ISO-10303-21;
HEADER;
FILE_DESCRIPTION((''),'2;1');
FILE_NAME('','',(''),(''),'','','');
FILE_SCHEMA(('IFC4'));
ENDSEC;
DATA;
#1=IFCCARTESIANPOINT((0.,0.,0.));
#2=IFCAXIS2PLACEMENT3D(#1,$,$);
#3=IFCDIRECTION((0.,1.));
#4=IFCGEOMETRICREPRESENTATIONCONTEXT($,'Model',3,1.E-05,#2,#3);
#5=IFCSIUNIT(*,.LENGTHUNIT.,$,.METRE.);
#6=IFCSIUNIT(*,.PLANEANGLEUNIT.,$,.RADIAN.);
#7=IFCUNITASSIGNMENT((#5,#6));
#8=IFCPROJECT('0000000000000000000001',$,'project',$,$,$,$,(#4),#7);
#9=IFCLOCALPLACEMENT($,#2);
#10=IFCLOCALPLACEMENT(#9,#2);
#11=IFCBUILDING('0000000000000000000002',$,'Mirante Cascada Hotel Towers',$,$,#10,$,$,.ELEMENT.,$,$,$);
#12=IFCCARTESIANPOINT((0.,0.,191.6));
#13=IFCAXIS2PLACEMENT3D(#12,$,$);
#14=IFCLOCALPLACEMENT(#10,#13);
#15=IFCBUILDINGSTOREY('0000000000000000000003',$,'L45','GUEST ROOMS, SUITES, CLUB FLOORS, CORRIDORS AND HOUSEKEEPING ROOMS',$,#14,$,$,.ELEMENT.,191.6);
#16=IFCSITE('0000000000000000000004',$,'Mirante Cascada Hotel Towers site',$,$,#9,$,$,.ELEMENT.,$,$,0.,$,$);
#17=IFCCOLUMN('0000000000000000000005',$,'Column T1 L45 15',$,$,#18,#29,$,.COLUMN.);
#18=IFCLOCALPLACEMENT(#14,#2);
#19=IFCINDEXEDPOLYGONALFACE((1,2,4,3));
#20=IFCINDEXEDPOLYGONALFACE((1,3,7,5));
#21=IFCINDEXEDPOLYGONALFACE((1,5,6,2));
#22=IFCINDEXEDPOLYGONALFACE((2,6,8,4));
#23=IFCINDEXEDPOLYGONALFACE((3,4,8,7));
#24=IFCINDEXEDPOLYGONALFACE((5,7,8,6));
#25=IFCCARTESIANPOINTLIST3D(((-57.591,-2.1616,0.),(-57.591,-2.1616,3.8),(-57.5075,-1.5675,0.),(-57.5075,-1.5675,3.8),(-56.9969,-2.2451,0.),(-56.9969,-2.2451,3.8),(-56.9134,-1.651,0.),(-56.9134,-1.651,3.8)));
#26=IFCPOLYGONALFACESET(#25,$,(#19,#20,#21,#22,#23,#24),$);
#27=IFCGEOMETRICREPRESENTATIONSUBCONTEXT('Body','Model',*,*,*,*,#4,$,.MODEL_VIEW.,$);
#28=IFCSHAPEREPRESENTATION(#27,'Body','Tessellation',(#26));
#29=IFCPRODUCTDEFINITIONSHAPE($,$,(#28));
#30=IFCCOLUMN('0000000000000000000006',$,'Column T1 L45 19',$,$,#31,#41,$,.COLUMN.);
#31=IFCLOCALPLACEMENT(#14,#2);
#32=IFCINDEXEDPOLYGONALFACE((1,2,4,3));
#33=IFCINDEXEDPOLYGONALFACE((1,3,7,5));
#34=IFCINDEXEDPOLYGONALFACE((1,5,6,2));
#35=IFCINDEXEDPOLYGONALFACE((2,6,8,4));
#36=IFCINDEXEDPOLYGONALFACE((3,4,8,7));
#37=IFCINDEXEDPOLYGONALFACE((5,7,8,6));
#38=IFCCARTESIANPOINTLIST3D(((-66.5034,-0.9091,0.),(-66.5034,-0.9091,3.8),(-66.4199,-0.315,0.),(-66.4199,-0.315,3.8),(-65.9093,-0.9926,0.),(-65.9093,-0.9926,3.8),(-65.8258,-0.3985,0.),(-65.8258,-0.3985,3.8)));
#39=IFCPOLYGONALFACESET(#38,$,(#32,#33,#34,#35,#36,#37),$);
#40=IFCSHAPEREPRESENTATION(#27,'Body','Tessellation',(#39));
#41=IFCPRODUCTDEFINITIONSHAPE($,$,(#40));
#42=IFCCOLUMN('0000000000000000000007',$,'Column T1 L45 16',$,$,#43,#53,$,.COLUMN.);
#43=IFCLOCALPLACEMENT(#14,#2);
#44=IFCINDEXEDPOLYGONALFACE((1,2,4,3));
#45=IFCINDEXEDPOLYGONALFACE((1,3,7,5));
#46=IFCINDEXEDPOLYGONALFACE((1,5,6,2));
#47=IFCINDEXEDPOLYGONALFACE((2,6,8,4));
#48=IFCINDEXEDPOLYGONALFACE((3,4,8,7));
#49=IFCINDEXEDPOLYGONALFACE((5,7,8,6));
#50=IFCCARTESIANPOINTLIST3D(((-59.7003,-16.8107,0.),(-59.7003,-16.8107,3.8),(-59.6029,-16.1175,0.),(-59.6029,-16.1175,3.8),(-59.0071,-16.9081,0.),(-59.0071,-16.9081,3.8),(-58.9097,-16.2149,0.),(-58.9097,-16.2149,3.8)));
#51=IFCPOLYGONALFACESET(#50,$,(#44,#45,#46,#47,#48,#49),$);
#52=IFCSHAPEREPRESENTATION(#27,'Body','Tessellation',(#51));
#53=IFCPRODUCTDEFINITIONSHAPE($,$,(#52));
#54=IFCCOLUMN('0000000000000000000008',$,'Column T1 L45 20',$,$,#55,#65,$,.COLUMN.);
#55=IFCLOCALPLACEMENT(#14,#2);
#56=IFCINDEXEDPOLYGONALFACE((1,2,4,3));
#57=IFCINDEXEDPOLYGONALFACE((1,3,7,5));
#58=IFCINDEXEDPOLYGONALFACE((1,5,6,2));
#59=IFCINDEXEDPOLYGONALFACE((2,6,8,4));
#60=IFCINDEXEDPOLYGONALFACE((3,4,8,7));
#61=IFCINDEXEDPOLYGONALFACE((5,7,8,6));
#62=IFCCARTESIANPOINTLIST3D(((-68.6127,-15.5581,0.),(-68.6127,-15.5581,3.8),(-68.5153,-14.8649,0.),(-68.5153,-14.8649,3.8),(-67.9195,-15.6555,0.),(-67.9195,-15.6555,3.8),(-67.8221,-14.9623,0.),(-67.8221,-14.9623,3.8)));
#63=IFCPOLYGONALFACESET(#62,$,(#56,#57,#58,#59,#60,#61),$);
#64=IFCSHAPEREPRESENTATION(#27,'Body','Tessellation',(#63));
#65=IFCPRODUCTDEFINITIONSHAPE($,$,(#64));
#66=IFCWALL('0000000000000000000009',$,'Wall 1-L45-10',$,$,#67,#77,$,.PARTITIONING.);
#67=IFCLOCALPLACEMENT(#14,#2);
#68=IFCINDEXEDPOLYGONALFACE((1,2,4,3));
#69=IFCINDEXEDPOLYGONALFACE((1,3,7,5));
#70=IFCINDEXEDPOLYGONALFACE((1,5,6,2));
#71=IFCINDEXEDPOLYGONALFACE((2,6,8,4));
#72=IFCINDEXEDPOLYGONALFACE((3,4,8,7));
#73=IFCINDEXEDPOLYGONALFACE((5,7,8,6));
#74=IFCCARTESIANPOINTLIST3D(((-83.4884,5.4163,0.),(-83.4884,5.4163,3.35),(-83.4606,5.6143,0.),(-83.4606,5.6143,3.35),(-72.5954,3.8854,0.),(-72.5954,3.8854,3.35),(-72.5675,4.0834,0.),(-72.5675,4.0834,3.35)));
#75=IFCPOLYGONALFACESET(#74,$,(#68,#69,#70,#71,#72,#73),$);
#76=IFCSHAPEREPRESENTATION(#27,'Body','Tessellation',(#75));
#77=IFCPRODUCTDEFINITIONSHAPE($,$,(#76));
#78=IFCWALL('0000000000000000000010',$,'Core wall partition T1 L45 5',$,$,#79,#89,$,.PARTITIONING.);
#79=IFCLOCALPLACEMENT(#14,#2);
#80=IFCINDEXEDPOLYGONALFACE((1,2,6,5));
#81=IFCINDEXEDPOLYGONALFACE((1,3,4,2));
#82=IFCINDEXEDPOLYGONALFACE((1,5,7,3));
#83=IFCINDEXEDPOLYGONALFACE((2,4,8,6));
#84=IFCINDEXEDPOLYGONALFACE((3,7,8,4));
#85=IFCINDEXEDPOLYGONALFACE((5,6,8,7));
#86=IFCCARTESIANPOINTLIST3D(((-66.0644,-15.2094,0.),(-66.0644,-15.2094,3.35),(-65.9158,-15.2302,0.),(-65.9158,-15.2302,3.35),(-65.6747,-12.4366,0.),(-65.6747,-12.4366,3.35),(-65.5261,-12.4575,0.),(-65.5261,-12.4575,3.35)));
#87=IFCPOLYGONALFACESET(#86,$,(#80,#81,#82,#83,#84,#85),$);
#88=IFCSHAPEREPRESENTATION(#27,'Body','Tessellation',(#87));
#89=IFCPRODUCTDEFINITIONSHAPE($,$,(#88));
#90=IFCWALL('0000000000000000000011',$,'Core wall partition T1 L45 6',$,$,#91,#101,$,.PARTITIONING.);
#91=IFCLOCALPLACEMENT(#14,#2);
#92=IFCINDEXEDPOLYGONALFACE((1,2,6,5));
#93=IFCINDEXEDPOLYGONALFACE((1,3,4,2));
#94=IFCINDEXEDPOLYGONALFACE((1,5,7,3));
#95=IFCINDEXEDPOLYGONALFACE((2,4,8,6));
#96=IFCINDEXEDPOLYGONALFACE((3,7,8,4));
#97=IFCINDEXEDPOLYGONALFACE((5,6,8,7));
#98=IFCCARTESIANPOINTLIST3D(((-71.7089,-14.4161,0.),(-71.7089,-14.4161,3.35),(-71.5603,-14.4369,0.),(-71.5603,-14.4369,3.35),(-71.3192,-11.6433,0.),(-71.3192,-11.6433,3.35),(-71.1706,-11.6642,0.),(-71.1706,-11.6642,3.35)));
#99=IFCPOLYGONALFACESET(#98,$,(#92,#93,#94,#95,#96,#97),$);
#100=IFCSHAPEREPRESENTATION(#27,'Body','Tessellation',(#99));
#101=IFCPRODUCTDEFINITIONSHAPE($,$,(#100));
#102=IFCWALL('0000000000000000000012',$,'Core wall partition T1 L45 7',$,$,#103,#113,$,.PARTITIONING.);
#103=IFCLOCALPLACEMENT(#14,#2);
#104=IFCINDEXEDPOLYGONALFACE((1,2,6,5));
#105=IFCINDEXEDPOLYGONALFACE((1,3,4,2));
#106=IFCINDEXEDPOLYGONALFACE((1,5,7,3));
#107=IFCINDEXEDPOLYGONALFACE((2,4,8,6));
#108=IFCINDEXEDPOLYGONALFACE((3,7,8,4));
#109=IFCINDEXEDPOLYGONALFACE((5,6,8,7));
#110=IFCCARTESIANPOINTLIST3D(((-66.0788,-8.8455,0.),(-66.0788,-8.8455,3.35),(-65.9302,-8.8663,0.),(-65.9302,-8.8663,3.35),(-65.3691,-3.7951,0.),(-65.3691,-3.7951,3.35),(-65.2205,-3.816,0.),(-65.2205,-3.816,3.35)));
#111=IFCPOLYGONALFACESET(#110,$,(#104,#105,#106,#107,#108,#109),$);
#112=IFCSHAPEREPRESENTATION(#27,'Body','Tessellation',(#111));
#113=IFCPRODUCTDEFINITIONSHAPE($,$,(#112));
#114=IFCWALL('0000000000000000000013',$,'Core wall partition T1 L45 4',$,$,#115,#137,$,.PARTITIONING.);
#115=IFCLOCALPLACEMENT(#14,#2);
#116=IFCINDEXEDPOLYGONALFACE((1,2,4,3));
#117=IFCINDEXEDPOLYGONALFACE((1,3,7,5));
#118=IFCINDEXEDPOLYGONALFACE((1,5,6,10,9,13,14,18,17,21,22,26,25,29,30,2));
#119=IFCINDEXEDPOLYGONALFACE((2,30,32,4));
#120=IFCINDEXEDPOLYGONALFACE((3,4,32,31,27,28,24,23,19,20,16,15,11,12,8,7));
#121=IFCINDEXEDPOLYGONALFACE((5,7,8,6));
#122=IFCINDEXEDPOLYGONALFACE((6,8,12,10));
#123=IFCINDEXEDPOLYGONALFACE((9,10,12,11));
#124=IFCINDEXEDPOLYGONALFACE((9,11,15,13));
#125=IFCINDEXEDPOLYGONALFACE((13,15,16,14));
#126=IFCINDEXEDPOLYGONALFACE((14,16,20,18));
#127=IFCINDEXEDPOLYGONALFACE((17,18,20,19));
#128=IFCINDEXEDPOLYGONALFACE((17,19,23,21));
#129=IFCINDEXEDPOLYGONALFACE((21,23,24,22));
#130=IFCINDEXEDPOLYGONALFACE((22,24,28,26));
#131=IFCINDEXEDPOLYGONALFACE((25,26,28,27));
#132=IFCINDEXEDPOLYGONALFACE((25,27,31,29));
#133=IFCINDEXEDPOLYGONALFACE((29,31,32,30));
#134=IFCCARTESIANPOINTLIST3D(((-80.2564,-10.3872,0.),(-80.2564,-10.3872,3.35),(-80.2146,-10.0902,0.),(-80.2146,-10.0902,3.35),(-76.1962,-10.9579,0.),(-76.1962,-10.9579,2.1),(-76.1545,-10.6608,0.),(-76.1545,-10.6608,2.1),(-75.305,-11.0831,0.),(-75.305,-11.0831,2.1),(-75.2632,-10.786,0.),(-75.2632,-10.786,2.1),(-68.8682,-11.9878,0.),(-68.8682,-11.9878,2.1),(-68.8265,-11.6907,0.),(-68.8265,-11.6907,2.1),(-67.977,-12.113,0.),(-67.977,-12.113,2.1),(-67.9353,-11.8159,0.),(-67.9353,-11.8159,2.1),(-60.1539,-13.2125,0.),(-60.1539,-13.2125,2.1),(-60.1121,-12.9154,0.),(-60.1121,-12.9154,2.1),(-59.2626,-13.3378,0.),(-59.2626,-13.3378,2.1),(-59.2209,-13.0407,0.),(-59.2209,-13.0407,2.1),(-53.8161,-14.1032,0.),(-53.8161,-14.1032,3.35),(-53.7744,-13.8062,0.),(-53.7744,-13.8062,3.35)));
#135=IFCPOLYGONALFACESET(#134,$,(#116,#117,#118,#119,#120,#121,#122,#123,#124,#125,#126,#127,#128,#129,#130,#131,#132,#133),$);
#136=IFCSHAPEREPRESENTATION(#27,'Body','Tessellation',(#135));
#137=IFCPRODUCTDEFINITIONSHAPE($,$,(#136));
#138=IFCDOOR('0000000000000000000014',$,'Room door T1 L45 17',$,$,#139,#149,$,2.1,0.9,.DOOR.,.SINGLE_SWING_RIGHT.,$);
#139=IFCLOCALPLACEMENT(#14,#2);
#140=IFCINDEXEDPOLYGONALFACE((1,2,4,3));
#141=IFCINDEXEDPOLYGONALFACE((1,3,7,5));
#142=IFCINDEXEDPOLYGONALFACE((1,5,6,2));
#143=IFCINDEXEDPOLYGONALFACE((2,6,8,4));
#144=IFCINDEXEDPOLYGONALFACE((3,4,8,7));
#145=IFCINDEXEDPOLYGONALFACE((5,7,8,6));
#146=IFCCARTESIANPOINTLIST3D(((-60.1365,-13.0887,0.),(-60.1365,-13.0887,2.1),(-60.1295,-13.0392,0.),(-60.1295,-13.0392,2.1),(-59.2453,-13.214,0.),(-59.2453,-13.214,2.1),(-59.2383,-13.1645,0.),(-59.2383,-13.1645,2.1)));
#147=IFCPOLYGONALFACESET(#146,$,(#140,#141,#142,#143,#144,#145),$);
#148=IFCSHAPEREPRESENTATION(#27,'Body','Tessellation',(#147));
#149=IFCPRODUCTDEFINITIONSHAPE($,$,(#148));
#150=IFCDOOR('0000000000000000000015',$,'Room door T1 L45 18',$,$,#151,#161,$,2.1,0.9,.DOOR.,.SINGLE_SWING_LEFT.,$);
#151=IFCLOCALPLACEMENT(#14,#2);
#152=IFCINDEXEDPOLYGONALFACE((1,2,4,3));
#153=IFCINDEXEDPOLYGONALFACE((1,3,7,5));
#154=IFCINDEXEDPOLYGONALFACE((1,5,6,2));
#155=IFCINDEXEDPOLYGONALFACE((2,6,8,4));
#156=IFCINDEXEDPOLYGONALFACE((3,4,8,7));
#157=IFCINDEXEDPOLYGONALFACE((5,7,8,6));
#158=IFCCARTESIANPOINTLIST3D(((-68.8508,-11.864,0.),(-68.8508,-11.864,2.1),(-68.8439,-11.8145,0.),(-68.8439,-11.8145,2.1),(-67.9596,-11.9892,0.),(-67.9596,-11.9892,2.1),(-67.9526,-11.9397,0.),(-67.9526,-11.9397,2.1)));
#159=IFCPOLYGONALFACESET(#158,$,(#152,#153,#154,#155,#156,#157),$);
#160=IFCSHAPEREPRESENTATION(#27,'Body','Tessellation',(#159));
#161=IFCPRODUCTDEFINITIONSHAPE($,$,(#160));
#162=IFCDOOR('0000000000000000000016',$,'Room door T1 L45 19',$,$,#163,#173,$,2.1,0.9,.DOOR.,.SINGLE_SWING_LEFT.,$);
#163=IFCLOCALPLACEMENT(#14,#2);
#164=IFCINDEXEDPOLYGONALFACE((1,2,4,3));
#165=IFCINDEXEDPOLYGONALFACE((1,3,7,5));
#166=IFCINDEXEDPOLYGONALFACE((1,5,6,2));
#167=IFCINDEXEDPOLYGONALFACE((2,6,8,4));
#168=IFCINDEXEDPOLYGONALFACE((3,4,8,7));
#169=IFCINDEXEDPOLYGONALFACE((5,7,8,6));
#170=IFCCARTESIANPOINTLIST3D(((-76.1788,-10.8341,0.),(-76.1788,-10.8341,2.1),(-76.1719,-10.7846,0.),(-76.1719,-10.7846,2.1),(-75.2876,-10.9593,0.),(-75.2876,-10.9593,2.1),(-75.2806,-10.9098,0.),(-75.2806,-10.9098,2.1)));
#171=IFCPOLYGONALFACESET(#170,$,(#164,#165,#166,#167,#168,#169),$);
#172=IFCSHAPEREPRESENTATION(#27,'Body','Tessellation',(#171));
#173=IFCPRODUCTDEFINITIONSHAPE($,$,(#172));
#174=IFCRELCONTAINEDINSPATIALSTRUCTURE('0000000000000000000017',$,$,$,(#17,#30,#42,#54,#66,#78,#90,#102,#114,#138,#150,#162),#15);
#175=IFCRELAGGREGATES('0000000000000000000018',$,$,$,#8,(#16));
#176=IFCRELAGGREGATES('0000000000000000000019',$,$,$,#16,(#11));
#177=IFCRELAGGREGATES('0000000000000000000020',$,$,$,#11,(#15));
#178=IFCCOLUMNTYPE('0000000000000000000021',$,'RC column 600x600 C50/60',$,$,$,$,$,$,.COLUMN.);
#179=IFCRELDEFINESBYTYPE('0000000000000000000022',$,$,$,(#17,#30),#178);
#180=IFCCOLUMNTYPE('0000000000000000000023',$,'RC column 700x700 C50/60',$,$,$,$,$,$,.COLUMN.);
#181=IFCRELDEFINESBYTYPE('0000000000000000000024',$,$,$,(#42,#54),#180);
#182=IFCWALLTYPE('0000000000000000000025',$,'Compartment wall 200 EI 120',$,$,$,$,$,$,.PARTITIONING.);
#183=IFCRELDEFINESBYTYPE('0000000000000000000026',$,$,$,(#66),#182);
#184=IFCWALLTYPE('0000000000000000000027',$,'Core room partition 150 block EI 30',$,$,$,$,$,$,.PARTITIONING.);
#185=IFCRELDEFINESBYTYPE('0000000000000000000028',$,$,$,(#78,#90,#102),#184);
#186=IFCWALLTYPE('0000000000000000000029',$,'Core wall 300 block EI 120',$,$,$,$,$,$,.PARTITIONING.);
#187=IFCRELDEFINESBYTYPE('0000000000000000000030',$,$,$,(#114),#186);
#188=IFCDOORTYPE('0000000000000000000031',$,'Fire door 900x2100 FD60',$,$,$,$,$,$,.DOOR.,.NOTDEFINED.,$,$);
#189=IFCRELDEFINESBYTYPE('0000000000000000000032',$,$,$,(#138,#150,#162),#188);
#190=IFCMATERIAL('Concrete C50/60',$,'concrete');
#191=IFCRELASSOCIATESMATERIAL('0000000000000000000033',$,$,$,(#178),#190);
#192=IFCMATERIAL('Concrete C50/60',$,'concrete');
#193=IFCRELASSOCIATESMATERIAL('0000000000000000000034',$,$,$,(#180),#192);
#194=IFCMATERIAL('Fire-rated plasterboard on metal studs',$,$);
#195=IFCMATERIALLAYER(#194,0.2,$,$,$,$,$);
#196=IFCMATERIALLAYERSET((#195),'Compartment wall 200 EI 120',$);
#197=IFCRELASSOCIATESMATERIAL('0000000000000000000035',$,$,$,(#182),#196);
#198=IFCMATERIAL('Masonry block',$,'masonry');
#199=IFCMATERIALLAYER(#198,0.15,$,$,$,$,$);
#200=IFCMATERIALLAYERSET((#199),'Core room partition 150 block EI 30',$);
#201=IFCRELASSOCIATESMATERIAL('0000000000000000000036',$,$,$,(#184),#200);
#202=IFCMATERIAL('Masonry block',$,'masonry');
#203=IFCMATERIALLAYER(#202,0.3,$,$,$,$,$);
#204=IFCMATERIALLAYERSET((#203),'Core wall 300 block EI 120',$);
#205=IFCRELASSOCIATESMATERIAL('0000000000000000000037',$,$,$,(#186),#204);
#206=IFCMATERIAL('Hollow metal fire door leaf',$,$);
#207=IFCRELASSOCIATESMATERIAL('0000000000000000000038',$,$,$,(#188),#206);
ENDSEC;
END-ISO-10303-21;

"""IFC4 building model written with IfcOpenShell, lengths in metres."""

from ifc_helpers import new_model, si_unit, direction, frame, frame_2d, origin, origin_2d, place, context, subcontext, project, spatial, rectangle, extrude, material, layer, layer_set, material_profile, profile_set, type_object, element, fill, save


model = new_model("IFC4")

# Units and contexts
model_context = context("Model", 3, precision=1e-05, world=origin(), true_north=direction((0.0, 1.0)))
body_context = subcontext(model_context, "Body", "Model", "MODEL_VIEW")
ifc_project = project(units=[si_unit("LENGTHUNIT", "METRE"), si_unit("PLANEANGLEUNIT", "RADIAN")], contexts=[model_context])

# Site, building, storey
site_placement = place(None, origin())
site = spatial("IfcSite", under=ifc_project, at=site_placement, Name="Mirante Cascada Hotel Towers site", CompositionType="ELEMENT", RefElevation=0.0)
building_placement = place(site_placement, origin())
building = spatial("IfcBuilding", under=site, at=building_placement, Name="Mirante Cascada Hotel Towers", CompositionType="ELEMENT")
storey_placement = place(building_placement, frame((0.0, 0.0, 191.6)))
storey = spatial("IfcBuildingStorey", under=building, at=storey_placement, Name="L45", Description="GUEST ROOMS, SUITES, CLUB FLOORS, CORRIDORS AND HOUSEKEEPING ROOMS", CompositionType="ELEMENT", Elevation=191.6)

# Columns
ifc_material_1 = material(Name="Concrete C50/60", Category="concrete")
ifc_material_profile_1 = material_profile(ifc_material_1, rectangle(XDim=0.6, YDim=0.6, at=origin_2d()), Name="RC column 600x600 C50/60")
ifc_profile_set_1 = profile_set([ifc_material_profile_1], Name="Concrete C50/60")
column_type_1 = type_object("IfcColumnType", Name="RC column 600x600 C50/60", PredefinedType="COLUMN", material=ifc_profile_set_1)
for number, where, z_axis, x_axis, name in (
    (1, (-57.2522, -1.9063, 0.0), (0.0, 0.0, 1.0), (-0.990268, 0.139173, 0.0), "Column T1 L45 15"),
    (2, (-66.1646, -0.6538, 0.0), (0.0, 0.0, 1.0), (-0.990268, 0.139173, 0.0), "Column T1 L45 19"),
):
    element("IfcColumn", number, at=place(storey_placement, frame(where, z_axis=z_axis, x_axis=x_axis)), inside=storey, type_object=column_type_1, Name=name, PredefinedType="COLUMN", context=body_context, shape_type="SweptSolid", body=[
        extrude(rectangle(XDim=0.6, YDim=0.6, at=origin_2d()), origin(), (0.0, 0.0, 1.0), 3.8),
    ])
ifc_material_2 = material(Name="Concrete C50/60", Category="concrete")
ifc_material_profile_2 = material_profile(ifc_material_2, rectangle(XDim=0.7, YDim=0.7, at=origin_2d()), Name="RC column 700x700 C50/60")
ifc_profile_set_2 = profile_set([ifc_material_profile_2], Name="Concrete C50/60")
column_type_2 = type_object("IfcColumnType", Name="RC column 700x700 C50/60", PredefinedType="COLUMN", material=ifc_profile_set_2)
for number, where, z_axis, x_axis, name in (
    (3, (-59.305, -16.5128, 0.0), (0.0, 0.0, 1.0), (-0.990268, 0.139173, 0.0), "Column T1 L45 16"),
    (4, (-68.2174, -15.2602, 0.0), (0.0, 0.0, 1.0), (-0.990268, 0.139173, 0.0), "Column T1 L45 20"),
):
    element("IfcColumn", number, at=place(storey_placement, frame(where, z_axis=z_axis, x_axis=x_axis)), inside=storey, type_object=column_type_2, Name=name, PredefinedType="COLUMN", context=body_context, shape_type="SweptSolid", body=[
        extrude(rectangle(XDim=0.7, YDim=0.7, at=origin_2d()), origin(), (0.0, 0.0, 1.0), 3.8),
    ])

# Walls
ifc_material_3 = material(Name="Fire-rated plasterboard on metal studs")
ifc_layer_1 = layer(ifc_material_3, 0.2)
ifc_layer_set_1 = layer_set([ifc_layer_1], Name="Compartment wall 200 EI 120")
wall_type_1 = type_object("IfcWallType", Name="Compartment wall 200 EI 120", PredefinedType="PARTITIONING", material=ifc_layer_set_1)
wall_1_placement = place(storey_placement, frame((-72.5815, 3.9844, 0.0), z_axis=(0.0, 0.0, 1.0), x_axis=(-0.990268, 0.139172, 0.0)))
element("IfcWall", 5, at=wall_1_placement, inside=storey, type_object=wall_type_1, Name="Wall 1-L45-10", PredefinedType="PARTITIONING", context=body_context, shape_type="SweptSolid", body=[
    extrude(rectangle(XDim=11.0001, YDim=0.2, at=frame_2d((5.5, 0.0))), origin(), (0.0, 0.0, 1.0), 3.35),
])
ifc_material_4 = material(Name="Masonry block", Category="masonry")
ifc_layer_2 = layer(ifc_material_4, 0.15)
ifc_layer_set_2 = layer_set([ifc_layer_2], Name="Core room partition 150 block EI 30")
wall_type_2 = type_object("IfcWallType", Name="Core room partition 150 block EI 30", PredefinedType="PARTITIONING", material=ifc_layer_set_2)
for number, where, z_axis, x_axis, name in (
    (6, (-65.9901, -15.2198, 0.0), (0.0, 0.0, 1.0), (0.139181, 0.990267, 0.0), "Core wall partition T1 L45 5"),
    (7, (-71.6346, -14.4265, 0.0), (0.0, 0.0, 1.0), (0.139181, 0.990267, 0.0), "Core wall partition T1 L45 6"),
):
    element("IfcWall", number, at=place(storey_placement, frame(where, z_axis=z_axis, x_axis=x_axis)), inside=storey, type_object=wall_type_2, Name=name, PredefinedType="PARTITIONING", context=body_context, shape_type="SweptSolid", body=[
        extrude(rectangle(XDim=2.8, YDim=0.15, at=frame_2d((1.4, 0.0))), origin(), (0.0, 0.0, 1.0), 3.35),
    ])
wall_2_placement = place(storey_placement, frame((-66.0045, -8.8559, 0.0), z_axis=(0.0, 0.0, 1.0), x_axis=(0.139156, 0.99027, 0.0)))
element("IfcWall", 8, at=wall_2_placement, inside=storey, type_object=wall_type_2, Name="Core wall partition T1 L45 7", PredefinedType="PARTITIONING", context=body_context, shape_type="SweptSolid", body=[
    extrude(rectangle(XDim=5.1, YDim=0.15, at=frame_2d((2.55, 0.0))), origin(), (0.0, 0.0, 1.0), 3.35),
])

# Wall, openings, doors
ifc_material_5 = material(Name="Masonry block", Category="masonry")
ifc_layer_3 = layer(ifc_material_5, 0.3)
ifc_layer_set_3 = layer_set([ifc_layer_3], Name="Core wall 300 block EI 120")
wall_type_3 = type_object("IfcWallType", Name="Core wall 300 block EI 120", PredefinedType="PARTITIONING", material=ifc_layer_set_3)
wall_3_placement = place(storey_placement, frame((-53.7953, -13.9547, 0.0), z_axis=(0.0, 0.0, 1.0), x_axis=(-0.990268, 0.139176, 0.0)))
wall_3 = element("IfcWall", 9, at=wall_3_placement, inside=storey, type_object=wall_type_3, Name="Core wall partition T1 L45 4", PredefinedType="PARTITIONING", context=body_context, shape_type="SweptSolid", body=[
    extrude(rectangle(XDim=26.7001, YDim=0.3, at=frame_2d((13.35, 0.0))), origin(), (0.0, 0.0, 1.0), 3.35),
])
opening_1_placement = place(wall_3_placement, frame((5.5, 0.0, 0.0)))
opening_1 = element("IfcOpeningElement", 10, at=opening_1_placement, cuts=wall_3, PredefinedType="OPENING", context=body_context, shape_type="SweptSolid", body=[
    extrude(rectangle(XDim=0.9, YDim=2.1, at=frame_2d((0.45, 1.05))), frame((0.0, 0.15, 0.0), z_axis=(0.0, -1.0, 0.0), x_axis=(1.0, 0.0, 0.0)), (0.0, 0.0, 1.0), 0.3),
])
opening_2_placement = place(wall_3_placement, frame((14.3, 0.0, 0.0)))
opening_2 = element("IfcOpeningElement", 11, at=opening_2_placement, cuts=wall_3, PredefinedType="OPENING", context=body_context, shape_type="SweptSolid", body=[
    extrude(rectangle(XDim=0.9, YDim=2.1, at=frame_2d((0.45, 1.05))), frame((0.0, 0.15, 0.0), z_axis=(0.0, -1.0, 0.0), x_axis=(1.0, 0.0, 0.0)), (0.0, 0.0, 1.0), 0.3),
])
opening_3_placement = place(wall_3_placement, frame((21.7, 0.0, 0.0)))
opening_3 = element("IfcOpeningElement", 12, at=opening_3_placement, cuts=wall_3, PredefinedType="OPENING", context=body_context, shape_type="SweptSolid", body=[
    extrude(rectangle(XDim=0.9, YDim=2.1, at=frame_2d((0.45, 1.05))), frame((0.0, 0.15, 0.0), z_axis=(0.0, -1.0, 0.0), x_axis=(1.0, 0.0, 0.0)), (0.0, 0.0, 1.0), 0.3),
])
ifc_material_6 = material(Name="Hollow metal fire door leaf")
door_type_1 = type_object("IfcDoorType", Name="Fire door 900x2100 FD60", OperationType="NOTDEFINED", PredefinedType="DOOR", material=ifc_material_6)
door_1_placement = place(opening_1_placement, origin())
door_1 = element("IfcDoor", 13, at=door_1_placement, inside=storey, type_object=door_type_1, Name="Room door T1 L45 17", OperationType="SINGLE_SWING_RIGHT", OverallHeight=2.1, OverallWidth=0.9, PredefinedType="DOOR", context=body_context, shape_type="SweptSolid", body=[
    extrude(rectangle(XDim=0.9, YDim=2.1, at=frame_2d((0.45, 1.05))), frame((0.0, 0.025, 0.0), z_axis=(0.0, -1.0, 0.0), x_axis=(1.0, 0.0, 0.0)), (0.0, 0.0, 1.0), 0.05),
])
fill(opening_1, door_1)
door_2_placement = place(opening_2_placement, origin())
door_2 = element("IfcDoor", 14, at=door_2_placement, inside=storey, type_object=door_type_1, Name="Room door T1 L45 18", OperationType="SINGLE_SWING_LEFT", OverallHeight=2.1, OverallWidth=0.9, PredefinedType="DOOR", context=body_context, shape_type="SweptSolid", body=[
    extrude(rectangle(XDim=0.9, YDim=2.1, at=frame_2d((0.45, 1.05))), frame((0.0, 0.025, 0.0), z_axis=(0.0, -1.0, 0.0), x_axis=(1.0, 0.0, 0.0)), (0.0, 0.0, 1.0), 0.05),
])
fill(opening_2, door_2)
door_3_placement = place(opening_3_placement, origin())
door_3 = element("IfcDoor", 15, at=door_3_placement, inside=storey, type_object=door_type_1, Name="Room door T1 L45 19", OperationType="SINGLE_SWING_LEFT", OverallHeight=2.1, OverallWidth=0.9, PredefinedType="DOOR", context=body_context, shape_type="SweptSolid", body=[
    extrude(rectangle(XDim=0.9, YDim=2.1, at=frame_2d((0.45, 1.05))), frame((0.0, 0.025, 0.0), z_axis=(0.0, -1.0, 0.0), x_axis=(1.0, 0.0, 0.0)), (0.0, 0.0, 1.0), 0.05),
])
fill(opening_3, door_3)

save(model, "model.ifc")
